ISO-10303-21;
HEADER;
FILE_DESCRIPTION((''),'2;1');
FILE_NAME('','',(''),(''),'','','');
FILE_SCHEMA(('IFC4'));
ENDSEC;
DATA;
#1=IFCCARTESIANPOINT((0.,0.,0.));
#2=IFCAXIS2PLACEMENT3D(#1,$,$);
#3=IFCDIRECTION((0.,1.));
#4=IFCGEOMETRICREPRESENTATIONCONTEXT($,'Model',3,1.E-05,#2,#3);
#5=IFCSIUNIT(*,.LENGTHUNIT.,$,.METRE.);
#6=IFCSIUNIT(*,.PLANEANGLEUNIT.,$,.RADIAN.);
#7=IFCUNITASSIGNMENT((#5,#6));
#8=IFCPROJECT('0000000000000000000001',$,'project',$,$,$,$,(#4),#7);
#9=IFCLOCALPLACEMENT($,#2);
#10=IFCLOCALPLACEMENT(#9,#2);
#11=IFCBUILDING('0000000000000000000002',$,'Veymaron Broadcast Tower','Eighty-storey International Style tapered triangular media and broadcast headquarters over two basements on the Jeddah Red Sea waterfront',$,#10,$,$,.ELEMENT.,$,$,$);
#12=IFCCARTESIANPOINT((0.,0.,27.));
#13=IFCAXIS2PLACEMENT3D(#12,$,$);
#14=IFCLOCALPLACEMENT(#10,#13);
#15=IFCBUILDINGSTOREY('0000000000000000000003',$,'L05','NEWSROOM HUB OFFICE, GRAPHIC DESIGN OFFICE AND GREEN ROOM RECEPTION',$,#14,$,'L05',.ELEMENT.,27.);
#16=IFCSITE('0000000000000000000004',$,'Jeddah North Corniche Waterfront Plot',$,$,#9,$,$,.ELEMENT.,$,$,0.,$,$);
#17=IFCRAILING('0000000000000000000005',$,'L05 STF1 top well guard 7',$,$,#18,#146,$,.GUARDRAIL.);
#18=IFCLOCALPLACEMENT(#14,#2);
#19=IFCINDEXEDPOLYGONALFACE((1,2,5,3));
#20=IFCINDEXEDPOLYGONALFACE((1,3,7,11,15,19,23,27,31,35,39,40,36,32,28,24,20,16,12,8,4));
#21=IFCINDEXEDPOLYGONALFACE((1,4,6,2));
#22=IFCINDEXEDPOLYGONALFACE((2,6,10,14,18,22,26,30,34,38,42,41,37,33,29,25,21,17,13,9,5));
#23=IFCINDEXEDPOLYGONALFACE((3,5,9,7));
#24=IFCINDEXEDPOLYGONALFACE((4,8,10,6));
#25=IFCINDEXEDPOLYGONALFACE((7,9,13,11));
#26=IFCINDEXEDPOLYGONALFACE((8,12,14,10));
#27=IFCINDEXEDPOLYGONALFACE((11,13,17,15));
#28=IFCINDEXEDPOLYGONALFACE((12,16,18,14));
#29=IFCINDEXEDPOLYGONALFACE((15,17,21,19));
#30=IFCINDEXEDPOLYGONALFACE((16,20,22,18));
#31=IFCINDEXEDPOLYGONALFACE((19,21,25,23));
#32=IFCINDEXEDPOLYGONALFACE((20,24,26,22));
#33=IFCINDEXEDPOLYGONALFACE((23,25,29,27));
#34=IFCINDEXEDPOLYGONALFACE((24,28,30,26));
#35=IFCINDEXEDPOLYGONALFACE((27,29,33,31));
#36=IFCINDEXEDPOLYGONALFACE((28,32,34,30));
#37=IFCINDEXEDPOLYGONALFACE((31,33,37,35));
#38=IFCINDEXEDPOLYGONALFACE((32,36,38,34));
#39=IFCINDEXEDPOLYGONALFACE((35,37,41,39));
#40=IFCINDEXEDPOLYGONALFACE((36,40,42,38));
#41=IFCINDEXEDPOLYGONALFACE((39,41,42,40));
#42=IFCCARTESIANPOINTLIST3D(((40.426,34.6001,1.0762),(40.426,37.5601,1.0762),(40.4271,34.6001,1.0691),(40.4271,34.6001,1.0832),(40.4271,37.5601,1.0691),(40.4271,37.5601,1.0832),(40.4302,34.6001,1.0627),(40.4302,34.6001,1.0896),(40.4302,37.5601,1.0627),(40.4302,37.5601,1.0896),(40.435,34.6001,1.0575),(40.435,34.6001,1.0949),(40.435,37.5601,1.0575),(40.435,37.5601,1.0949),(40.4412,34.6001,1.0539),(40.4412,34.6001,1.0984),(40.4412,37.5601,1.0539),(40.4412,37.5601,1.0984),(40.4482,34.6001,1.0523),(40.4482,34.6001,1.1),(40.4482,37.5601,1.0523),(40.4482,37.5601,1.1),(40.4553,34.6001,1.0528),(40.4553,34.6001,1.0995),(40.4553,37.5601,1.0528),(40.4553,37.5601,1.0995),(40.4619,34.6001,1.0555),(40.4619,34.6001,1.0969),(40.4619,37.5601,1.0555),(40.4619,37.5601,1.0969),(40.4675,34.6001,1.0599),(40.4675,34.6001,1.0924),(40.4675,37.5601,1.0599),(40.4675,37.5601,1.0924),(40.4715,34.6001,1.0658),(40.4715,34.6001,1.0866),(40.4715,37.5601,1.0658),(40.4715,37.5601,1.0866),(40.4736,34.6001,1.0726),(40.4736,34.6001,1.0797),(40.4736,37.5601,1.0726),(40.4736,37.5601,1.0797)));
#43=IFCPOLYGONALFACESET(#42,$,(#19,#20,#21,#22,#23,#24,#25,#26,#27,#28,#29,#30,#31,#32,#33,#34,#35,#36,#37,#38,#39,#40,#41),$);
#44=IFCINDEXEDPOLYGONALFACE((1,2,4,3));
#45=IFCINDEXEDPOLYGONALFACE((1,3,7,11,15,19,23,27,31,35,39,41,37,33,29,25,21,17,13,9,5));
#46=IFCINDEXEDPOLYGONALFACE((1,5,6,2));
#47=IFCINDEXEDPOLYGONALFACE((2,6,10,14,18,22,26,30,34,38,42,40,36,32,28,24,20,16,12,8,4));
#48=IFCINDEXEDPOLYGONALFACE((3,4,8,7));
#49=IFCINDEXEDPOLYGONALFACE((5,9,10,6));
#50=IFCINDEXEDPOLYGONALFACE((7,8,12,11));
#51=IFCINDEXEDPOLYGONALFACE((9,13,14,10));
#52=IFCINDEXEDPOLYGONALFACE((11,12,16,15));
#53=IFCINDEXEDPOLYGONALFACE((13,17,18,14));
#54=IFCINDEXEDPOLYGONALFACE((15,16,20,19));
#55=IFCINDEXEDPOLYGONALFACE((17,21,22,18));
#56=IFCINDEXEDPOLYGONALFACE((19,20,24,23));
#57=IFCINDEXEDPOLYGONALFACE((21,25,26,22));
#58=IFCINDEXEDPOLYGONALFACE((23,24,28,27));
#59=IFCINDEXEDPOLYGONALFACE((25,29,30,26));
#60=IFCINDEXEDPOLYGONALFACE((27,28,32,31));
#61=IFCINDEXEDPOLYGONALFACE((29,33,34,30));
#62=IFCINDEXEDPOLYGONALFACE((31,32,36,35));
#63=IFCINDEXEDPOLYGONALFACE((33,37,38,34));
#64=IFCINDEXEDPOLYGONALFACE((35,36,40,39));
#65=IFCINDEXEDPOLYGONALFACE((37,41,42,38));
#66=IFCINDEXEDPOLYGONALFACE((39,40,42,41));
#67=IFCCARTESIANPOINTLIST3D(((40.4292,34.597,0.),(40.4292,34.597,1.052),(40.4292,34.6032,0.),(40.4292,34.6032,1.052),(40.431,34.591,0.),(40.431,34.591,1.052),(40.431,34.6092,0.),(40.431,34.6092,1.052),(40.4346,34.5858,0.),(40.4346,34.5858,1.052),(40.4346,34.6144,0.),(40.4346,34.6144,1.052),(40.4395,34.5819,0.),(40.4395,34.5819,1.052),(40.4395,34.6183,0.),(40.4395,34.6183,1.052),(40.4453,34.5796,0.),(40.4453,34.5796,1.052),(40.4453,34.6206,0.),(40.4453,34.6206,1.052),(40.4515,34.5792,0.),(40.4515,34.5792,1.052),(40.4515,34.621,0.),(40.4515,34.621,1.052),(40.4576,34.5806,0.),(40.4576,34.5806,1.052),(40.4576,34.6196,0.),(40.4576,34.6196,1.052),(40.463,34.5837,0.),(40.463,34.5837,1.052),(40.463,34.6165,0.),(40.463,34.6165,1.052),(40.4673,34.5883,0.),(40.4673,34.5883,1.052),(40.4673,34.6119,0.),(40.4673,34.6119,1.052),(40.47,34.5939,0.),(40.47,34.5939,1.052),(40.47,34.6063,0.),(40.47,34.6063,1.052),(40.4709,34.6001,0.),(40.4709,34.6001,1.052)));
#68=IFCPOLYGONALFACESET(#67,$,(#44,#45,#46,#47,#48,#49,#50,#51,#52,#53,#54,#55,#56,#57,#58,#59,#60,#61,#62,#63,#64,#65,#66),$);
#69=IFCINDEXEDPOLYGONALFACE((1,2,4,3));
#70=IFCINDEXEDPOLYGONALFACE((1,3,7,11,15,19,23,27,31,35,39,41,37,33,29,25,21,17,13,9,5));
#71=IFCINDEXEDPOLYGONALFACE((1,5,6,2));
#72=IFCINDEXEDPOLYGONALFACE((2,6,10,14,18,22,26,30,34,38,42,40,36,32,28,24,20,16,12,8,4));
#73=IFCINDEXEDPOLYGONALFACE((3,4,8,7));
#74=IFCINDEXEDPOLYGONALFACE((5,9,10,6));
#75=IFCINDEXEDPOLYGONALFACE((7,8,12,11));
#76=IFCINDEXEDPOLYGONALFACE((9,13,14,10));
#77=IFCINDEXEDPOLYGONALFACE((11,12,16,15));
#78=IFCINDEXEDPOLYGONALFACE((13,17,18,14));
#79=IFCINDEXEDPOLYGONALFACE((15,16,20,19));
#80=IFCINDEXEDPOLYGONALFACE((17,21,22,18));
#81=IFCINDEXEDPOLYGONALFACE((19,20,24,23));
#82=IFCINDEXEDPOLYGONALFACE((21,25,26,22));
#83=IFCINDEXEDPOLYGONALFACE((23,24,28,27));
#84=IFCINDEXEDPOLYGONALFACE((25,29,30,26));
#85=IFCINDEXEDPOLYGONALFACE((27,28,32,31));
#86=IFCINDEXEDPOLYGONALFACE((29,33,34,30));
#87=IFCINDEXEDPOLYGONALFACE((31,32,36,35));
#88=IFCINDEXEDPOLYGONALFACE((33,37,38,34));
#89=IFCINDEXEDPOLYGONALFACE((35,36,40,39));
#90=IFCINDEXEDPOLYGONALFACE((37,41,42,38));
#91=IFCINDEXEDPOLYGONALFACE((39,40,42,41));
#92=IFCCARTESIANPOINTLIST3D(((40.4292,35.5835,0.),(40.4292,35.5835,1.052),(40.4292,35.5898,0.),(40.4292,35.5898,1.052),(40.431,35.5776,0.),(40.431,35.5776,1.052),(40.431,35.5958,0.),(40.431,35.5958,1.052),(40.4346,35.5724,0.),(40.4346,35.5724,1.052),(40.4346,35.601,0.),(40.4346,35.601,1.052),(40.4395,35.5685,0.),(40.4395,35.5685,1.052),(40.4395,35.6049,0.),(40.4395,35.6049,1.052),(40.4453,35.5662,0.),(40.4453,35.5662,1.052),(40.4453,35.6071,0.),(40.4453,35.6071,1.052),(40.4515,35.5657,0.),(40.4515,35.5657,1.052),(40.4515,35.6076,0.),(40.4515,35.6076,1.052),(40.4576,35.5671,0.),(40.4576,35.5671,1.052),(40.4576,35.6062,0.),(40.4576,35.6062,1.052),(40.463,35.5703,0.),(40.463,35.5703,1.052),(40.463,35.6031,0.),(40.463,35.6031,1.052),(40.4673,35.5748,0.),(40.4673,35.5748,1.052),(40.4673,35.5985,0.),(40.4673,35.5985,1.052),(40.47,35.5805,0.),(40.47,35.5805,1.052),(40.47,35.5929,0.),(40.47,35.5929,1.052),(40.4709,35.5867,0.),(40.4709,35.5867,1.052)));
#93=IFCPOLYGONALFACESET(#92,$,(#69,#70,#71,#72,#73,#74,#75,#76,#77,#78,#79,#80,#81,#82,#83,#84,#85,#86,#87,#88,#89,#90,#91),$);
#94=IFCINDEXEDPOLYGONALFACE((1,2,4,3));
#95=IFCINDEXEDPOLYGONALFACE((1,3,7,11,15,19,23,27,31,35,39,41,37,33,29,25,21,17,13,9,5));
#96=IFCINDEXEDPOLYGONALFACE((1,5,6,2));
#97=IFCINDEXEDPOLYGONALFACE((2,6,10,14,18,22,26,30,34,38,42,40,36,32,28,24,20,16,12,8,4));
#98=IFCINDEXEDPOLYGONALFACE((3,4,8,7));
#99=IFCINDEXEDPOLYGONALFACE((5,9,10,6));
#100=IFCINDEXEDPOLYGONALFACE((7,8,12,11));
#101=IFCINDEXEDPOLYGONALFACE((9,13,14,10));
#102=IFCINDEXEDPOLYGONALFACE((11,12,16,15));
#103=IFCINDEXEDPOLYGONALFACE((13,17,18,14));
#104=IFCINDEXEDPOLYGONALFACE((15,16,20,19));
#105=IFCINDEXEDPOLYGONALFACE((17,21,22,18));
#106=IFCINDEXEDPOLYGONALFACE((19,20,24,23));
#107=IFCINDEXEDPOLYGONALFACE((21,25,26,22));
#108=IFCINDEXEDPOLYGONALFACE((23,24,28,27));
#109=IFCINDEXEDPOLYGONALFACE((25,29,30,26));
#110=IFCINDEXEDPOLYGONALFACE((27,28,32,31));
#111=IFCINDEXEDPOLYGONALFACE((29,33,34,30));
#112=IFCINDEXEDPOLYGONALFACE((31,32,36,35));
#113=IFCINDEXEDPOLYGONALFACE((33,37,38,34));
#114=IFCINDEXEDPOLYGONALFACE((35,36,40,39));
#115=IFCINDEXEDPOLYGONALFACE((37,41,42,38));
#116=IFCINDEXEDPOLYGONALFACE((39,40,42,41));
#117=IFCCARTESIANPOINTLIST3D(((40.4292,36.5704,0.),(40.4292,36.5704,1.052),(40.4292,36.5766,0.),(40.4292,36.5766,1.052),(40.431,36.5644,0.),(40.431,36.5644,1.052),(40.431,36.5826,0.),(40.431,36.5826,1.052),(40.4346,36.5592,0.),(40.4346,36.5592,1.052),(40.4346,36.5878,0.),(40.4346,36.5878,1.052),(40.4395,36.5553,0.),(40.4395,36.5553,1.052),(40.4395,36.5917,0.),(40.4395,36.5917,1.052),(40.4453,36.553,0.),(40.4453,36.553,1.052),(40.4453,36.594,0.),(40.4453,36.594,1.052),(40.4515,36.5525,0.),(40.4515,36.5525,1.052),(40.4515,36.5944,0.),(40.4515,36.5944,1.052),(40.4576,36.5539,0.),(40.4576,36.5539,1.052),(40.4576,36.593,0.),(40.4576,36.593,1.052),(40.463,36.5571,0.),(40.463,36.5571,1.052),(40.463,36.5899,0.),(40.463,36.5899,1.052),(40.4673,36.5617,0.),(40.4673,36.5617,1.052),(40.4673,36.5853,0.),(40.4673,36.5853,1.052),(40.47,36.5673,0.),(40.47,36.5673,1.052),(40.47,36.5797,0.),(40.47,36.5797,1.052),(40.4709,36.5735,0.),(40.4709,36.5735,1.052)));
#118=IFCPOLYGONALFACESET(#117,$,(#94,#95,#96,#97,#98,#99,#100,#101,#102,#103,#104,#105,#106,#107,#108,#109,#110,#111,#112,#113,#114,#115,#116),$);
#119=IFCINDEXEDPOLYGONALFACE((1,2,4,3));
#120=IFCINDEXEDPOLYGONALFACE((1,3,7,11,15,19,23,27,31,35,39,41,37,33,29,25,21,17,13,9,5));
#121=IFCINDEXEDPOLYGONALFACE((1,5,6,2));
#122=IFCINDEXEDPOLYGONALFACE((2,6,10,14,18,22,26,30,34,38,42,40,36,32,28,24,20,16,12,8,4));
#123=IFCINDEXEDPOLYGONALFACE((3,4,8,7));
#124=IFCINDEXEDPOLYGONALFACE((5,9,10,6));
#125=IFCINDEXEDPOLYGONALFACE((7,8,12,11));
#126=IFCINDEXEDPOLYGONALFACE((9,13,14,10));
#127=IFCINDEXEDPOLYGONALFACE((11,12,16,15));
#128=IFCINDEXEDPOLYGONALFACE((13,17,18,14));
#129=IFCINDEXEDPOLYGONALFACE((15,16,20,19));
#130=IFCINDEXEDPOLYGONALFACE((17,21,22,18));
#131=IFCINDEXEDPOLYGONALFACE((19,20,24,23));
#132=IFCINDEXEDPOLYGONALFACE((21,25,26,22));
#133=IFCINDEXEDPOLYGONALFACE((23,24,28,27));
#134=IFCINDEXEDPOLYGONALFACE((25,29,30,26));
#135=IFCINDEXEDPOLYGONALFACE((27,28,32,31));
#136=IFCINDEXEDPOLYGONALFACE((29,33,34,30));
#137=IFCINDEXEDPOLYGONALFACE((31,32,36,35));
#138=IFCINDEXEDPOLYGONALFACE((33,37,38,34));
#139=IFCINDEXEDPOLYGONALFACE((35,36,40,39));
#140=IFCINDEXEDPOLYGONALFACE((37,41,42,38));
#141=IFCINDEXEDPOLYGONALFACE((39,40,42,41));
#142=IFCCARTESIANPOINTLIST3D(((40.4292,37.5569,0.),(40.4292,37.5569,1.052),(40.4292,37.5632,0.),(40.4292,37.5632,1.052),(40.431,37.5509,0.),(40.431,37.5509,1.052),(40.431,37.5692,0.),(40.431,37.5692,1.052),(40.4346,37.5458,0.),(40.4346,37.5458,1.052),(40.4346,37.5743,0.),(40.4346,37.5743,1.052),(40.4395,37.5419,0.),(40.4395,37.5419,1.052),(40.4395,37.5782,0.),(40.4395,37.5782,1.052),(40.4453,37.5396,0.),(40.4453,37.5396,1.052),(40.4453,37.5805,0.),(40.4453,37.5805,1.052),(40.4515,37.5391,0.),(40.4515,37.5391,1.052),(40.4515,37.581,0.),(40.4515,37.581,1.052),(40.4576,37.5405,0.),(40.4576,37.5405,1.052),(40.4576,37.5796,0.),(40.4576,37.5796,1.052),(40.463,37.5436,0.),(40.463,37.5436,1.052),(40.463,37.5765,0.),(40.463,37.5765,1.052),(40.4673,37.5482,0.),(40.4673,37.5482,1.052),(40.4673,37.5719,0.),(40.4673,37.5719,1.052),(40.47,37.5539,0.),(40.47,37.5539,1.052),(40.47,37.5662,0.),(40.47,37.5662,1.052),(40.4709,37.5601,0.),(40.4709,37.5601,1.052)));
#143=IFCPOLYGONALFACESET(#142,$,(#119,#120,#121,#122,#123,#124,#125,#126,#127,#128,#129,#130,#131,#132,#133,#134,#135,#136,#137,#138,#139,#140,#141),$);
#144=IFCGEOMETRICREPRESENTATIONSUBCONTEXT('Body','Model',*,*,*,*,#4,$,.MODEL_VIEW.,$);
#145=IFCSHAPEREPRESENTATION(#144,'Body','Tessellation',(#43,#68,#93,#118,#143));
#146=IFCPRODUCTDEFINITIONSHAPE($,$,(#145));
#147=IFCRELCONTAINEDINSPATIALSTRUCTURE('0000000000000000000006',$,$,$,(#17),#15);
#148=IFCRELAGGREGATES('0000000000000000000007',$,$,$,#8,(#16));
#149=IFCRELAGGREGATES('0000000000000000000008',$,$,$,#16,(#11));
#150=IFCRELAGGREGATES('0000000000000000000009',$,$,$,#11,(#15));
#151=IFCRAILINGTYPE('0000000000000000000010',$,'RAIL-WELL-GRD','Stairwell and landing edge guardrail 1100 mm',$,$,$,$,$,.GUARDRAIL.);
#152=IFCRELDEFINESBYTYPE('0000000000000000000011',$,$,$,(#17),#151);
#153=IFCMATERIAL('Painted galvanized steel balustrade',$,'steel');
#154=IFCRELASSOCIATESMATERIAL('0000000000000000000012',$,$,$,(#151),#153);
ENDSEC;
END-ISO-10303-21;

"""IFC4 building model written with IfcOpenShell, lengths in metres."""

from ifc_helpers import new_model, si_unit, direction, frame, origin, origin_2d, place, context, subcontext, project, spatial, circle, extrude, material, type_object, element, save


model = new_model("IFC4")

# Units and contexts
model_context = context("Model", 3, precision=1e-05, world=origin(), true_north=direction((0.0, 1.0)))
body_context = subcontext(model_context, "Body", "Model", "MODEL_VIEW")
ifc_project = project(units=[si_unit("LENGTHUNIT", "METRE"), si_unit("PLANEANGLEUNIT", "RADIAN")], contexts=[model_context])

# Site, building, storey
site_placement = place(None, origin())
site = spatial("IfcSite", under=ifc_project, at=site_placement, Name="Jeddah North Corniche Waterfront Plot", CompositionType="ELEMENT", RefElevation=0.0)
building_placement = place(site_placement, origin())
building = spatial("IfcBuilding", under=site, at=building_placement, Name="Veymaron Broadcast Tower", Description="Eighty-storey International Style tapered triangular media and broadcast headquarters over two basements on the Jeddah Red Sea waterfront", CompositionType="ELEMENT")
storey_placement = place(building_placement, frame((0.0, 0.0, 27.0)))
storey = spatial("IfcBuildingStorey", under=building, at=storey_placement, Name="L05", Description="NEWSROOM HUB OFFICE, GRAPHIC DESIGN OFFICE AND GREEN ROOM RECEPTION", LongName="L05", CompositionType="ELEMENT", Elevation=27.0)

# Railing
ifc_material_1 = material(Name="Painted galvanized steel balustrade", Category="steel")
railing_type_1 = type_object("IfcRailingType", Name="RAIL-WELL-GRD", Description="Stairwell and landing edge guardrail 1100 mm", PredefinedType="GUARDRAIL", material=ifc_material_1)
railing_1_placement = place(storey_placement, frame((40.45, 34.6001, 0.0)))
element("IfcRailing", 1, at=railing_1_placement, inside=storey, type_object=railing_type_1, Name="L05 STF1 top well guard 7", PredefinedType="GUARDRAIL", context=body_context, shape_type="SweptSolid", body=[
    extrude(circle(Radius=0.0239, at=origin_2d()), frame((0.0, 0.0, 1.0762), z_axis=(0.0, 1.0, 0.0), x_axis=(-1.0, 0.0, 0.0)), (0.0, 0.0, 1.0), 2.96),
    extrude(circle(Radius=0.021, at=origin_2d()), origin(), (0.0, 0.0, 1.0), 1.052),
    extrude(circle(Radius=0.021, at=origin_2d()), frame((0.0, 0.9866, 0.0)), (0.0, 0.0, 1.0), 1.052),
    extrude(circle(Radius=0.021, at=origin_2d()), frame((0.0, 1.9734, 0.0)), (0.0, 0.0, 1.0), 1.052),
    extrude(circle(Radius=0.021, at=origin_2d()), frame((0.0, 2.96, 0.0)), (0.0, 0.0, 1.0), 1.052),
])

save(model, "model.ifc")
